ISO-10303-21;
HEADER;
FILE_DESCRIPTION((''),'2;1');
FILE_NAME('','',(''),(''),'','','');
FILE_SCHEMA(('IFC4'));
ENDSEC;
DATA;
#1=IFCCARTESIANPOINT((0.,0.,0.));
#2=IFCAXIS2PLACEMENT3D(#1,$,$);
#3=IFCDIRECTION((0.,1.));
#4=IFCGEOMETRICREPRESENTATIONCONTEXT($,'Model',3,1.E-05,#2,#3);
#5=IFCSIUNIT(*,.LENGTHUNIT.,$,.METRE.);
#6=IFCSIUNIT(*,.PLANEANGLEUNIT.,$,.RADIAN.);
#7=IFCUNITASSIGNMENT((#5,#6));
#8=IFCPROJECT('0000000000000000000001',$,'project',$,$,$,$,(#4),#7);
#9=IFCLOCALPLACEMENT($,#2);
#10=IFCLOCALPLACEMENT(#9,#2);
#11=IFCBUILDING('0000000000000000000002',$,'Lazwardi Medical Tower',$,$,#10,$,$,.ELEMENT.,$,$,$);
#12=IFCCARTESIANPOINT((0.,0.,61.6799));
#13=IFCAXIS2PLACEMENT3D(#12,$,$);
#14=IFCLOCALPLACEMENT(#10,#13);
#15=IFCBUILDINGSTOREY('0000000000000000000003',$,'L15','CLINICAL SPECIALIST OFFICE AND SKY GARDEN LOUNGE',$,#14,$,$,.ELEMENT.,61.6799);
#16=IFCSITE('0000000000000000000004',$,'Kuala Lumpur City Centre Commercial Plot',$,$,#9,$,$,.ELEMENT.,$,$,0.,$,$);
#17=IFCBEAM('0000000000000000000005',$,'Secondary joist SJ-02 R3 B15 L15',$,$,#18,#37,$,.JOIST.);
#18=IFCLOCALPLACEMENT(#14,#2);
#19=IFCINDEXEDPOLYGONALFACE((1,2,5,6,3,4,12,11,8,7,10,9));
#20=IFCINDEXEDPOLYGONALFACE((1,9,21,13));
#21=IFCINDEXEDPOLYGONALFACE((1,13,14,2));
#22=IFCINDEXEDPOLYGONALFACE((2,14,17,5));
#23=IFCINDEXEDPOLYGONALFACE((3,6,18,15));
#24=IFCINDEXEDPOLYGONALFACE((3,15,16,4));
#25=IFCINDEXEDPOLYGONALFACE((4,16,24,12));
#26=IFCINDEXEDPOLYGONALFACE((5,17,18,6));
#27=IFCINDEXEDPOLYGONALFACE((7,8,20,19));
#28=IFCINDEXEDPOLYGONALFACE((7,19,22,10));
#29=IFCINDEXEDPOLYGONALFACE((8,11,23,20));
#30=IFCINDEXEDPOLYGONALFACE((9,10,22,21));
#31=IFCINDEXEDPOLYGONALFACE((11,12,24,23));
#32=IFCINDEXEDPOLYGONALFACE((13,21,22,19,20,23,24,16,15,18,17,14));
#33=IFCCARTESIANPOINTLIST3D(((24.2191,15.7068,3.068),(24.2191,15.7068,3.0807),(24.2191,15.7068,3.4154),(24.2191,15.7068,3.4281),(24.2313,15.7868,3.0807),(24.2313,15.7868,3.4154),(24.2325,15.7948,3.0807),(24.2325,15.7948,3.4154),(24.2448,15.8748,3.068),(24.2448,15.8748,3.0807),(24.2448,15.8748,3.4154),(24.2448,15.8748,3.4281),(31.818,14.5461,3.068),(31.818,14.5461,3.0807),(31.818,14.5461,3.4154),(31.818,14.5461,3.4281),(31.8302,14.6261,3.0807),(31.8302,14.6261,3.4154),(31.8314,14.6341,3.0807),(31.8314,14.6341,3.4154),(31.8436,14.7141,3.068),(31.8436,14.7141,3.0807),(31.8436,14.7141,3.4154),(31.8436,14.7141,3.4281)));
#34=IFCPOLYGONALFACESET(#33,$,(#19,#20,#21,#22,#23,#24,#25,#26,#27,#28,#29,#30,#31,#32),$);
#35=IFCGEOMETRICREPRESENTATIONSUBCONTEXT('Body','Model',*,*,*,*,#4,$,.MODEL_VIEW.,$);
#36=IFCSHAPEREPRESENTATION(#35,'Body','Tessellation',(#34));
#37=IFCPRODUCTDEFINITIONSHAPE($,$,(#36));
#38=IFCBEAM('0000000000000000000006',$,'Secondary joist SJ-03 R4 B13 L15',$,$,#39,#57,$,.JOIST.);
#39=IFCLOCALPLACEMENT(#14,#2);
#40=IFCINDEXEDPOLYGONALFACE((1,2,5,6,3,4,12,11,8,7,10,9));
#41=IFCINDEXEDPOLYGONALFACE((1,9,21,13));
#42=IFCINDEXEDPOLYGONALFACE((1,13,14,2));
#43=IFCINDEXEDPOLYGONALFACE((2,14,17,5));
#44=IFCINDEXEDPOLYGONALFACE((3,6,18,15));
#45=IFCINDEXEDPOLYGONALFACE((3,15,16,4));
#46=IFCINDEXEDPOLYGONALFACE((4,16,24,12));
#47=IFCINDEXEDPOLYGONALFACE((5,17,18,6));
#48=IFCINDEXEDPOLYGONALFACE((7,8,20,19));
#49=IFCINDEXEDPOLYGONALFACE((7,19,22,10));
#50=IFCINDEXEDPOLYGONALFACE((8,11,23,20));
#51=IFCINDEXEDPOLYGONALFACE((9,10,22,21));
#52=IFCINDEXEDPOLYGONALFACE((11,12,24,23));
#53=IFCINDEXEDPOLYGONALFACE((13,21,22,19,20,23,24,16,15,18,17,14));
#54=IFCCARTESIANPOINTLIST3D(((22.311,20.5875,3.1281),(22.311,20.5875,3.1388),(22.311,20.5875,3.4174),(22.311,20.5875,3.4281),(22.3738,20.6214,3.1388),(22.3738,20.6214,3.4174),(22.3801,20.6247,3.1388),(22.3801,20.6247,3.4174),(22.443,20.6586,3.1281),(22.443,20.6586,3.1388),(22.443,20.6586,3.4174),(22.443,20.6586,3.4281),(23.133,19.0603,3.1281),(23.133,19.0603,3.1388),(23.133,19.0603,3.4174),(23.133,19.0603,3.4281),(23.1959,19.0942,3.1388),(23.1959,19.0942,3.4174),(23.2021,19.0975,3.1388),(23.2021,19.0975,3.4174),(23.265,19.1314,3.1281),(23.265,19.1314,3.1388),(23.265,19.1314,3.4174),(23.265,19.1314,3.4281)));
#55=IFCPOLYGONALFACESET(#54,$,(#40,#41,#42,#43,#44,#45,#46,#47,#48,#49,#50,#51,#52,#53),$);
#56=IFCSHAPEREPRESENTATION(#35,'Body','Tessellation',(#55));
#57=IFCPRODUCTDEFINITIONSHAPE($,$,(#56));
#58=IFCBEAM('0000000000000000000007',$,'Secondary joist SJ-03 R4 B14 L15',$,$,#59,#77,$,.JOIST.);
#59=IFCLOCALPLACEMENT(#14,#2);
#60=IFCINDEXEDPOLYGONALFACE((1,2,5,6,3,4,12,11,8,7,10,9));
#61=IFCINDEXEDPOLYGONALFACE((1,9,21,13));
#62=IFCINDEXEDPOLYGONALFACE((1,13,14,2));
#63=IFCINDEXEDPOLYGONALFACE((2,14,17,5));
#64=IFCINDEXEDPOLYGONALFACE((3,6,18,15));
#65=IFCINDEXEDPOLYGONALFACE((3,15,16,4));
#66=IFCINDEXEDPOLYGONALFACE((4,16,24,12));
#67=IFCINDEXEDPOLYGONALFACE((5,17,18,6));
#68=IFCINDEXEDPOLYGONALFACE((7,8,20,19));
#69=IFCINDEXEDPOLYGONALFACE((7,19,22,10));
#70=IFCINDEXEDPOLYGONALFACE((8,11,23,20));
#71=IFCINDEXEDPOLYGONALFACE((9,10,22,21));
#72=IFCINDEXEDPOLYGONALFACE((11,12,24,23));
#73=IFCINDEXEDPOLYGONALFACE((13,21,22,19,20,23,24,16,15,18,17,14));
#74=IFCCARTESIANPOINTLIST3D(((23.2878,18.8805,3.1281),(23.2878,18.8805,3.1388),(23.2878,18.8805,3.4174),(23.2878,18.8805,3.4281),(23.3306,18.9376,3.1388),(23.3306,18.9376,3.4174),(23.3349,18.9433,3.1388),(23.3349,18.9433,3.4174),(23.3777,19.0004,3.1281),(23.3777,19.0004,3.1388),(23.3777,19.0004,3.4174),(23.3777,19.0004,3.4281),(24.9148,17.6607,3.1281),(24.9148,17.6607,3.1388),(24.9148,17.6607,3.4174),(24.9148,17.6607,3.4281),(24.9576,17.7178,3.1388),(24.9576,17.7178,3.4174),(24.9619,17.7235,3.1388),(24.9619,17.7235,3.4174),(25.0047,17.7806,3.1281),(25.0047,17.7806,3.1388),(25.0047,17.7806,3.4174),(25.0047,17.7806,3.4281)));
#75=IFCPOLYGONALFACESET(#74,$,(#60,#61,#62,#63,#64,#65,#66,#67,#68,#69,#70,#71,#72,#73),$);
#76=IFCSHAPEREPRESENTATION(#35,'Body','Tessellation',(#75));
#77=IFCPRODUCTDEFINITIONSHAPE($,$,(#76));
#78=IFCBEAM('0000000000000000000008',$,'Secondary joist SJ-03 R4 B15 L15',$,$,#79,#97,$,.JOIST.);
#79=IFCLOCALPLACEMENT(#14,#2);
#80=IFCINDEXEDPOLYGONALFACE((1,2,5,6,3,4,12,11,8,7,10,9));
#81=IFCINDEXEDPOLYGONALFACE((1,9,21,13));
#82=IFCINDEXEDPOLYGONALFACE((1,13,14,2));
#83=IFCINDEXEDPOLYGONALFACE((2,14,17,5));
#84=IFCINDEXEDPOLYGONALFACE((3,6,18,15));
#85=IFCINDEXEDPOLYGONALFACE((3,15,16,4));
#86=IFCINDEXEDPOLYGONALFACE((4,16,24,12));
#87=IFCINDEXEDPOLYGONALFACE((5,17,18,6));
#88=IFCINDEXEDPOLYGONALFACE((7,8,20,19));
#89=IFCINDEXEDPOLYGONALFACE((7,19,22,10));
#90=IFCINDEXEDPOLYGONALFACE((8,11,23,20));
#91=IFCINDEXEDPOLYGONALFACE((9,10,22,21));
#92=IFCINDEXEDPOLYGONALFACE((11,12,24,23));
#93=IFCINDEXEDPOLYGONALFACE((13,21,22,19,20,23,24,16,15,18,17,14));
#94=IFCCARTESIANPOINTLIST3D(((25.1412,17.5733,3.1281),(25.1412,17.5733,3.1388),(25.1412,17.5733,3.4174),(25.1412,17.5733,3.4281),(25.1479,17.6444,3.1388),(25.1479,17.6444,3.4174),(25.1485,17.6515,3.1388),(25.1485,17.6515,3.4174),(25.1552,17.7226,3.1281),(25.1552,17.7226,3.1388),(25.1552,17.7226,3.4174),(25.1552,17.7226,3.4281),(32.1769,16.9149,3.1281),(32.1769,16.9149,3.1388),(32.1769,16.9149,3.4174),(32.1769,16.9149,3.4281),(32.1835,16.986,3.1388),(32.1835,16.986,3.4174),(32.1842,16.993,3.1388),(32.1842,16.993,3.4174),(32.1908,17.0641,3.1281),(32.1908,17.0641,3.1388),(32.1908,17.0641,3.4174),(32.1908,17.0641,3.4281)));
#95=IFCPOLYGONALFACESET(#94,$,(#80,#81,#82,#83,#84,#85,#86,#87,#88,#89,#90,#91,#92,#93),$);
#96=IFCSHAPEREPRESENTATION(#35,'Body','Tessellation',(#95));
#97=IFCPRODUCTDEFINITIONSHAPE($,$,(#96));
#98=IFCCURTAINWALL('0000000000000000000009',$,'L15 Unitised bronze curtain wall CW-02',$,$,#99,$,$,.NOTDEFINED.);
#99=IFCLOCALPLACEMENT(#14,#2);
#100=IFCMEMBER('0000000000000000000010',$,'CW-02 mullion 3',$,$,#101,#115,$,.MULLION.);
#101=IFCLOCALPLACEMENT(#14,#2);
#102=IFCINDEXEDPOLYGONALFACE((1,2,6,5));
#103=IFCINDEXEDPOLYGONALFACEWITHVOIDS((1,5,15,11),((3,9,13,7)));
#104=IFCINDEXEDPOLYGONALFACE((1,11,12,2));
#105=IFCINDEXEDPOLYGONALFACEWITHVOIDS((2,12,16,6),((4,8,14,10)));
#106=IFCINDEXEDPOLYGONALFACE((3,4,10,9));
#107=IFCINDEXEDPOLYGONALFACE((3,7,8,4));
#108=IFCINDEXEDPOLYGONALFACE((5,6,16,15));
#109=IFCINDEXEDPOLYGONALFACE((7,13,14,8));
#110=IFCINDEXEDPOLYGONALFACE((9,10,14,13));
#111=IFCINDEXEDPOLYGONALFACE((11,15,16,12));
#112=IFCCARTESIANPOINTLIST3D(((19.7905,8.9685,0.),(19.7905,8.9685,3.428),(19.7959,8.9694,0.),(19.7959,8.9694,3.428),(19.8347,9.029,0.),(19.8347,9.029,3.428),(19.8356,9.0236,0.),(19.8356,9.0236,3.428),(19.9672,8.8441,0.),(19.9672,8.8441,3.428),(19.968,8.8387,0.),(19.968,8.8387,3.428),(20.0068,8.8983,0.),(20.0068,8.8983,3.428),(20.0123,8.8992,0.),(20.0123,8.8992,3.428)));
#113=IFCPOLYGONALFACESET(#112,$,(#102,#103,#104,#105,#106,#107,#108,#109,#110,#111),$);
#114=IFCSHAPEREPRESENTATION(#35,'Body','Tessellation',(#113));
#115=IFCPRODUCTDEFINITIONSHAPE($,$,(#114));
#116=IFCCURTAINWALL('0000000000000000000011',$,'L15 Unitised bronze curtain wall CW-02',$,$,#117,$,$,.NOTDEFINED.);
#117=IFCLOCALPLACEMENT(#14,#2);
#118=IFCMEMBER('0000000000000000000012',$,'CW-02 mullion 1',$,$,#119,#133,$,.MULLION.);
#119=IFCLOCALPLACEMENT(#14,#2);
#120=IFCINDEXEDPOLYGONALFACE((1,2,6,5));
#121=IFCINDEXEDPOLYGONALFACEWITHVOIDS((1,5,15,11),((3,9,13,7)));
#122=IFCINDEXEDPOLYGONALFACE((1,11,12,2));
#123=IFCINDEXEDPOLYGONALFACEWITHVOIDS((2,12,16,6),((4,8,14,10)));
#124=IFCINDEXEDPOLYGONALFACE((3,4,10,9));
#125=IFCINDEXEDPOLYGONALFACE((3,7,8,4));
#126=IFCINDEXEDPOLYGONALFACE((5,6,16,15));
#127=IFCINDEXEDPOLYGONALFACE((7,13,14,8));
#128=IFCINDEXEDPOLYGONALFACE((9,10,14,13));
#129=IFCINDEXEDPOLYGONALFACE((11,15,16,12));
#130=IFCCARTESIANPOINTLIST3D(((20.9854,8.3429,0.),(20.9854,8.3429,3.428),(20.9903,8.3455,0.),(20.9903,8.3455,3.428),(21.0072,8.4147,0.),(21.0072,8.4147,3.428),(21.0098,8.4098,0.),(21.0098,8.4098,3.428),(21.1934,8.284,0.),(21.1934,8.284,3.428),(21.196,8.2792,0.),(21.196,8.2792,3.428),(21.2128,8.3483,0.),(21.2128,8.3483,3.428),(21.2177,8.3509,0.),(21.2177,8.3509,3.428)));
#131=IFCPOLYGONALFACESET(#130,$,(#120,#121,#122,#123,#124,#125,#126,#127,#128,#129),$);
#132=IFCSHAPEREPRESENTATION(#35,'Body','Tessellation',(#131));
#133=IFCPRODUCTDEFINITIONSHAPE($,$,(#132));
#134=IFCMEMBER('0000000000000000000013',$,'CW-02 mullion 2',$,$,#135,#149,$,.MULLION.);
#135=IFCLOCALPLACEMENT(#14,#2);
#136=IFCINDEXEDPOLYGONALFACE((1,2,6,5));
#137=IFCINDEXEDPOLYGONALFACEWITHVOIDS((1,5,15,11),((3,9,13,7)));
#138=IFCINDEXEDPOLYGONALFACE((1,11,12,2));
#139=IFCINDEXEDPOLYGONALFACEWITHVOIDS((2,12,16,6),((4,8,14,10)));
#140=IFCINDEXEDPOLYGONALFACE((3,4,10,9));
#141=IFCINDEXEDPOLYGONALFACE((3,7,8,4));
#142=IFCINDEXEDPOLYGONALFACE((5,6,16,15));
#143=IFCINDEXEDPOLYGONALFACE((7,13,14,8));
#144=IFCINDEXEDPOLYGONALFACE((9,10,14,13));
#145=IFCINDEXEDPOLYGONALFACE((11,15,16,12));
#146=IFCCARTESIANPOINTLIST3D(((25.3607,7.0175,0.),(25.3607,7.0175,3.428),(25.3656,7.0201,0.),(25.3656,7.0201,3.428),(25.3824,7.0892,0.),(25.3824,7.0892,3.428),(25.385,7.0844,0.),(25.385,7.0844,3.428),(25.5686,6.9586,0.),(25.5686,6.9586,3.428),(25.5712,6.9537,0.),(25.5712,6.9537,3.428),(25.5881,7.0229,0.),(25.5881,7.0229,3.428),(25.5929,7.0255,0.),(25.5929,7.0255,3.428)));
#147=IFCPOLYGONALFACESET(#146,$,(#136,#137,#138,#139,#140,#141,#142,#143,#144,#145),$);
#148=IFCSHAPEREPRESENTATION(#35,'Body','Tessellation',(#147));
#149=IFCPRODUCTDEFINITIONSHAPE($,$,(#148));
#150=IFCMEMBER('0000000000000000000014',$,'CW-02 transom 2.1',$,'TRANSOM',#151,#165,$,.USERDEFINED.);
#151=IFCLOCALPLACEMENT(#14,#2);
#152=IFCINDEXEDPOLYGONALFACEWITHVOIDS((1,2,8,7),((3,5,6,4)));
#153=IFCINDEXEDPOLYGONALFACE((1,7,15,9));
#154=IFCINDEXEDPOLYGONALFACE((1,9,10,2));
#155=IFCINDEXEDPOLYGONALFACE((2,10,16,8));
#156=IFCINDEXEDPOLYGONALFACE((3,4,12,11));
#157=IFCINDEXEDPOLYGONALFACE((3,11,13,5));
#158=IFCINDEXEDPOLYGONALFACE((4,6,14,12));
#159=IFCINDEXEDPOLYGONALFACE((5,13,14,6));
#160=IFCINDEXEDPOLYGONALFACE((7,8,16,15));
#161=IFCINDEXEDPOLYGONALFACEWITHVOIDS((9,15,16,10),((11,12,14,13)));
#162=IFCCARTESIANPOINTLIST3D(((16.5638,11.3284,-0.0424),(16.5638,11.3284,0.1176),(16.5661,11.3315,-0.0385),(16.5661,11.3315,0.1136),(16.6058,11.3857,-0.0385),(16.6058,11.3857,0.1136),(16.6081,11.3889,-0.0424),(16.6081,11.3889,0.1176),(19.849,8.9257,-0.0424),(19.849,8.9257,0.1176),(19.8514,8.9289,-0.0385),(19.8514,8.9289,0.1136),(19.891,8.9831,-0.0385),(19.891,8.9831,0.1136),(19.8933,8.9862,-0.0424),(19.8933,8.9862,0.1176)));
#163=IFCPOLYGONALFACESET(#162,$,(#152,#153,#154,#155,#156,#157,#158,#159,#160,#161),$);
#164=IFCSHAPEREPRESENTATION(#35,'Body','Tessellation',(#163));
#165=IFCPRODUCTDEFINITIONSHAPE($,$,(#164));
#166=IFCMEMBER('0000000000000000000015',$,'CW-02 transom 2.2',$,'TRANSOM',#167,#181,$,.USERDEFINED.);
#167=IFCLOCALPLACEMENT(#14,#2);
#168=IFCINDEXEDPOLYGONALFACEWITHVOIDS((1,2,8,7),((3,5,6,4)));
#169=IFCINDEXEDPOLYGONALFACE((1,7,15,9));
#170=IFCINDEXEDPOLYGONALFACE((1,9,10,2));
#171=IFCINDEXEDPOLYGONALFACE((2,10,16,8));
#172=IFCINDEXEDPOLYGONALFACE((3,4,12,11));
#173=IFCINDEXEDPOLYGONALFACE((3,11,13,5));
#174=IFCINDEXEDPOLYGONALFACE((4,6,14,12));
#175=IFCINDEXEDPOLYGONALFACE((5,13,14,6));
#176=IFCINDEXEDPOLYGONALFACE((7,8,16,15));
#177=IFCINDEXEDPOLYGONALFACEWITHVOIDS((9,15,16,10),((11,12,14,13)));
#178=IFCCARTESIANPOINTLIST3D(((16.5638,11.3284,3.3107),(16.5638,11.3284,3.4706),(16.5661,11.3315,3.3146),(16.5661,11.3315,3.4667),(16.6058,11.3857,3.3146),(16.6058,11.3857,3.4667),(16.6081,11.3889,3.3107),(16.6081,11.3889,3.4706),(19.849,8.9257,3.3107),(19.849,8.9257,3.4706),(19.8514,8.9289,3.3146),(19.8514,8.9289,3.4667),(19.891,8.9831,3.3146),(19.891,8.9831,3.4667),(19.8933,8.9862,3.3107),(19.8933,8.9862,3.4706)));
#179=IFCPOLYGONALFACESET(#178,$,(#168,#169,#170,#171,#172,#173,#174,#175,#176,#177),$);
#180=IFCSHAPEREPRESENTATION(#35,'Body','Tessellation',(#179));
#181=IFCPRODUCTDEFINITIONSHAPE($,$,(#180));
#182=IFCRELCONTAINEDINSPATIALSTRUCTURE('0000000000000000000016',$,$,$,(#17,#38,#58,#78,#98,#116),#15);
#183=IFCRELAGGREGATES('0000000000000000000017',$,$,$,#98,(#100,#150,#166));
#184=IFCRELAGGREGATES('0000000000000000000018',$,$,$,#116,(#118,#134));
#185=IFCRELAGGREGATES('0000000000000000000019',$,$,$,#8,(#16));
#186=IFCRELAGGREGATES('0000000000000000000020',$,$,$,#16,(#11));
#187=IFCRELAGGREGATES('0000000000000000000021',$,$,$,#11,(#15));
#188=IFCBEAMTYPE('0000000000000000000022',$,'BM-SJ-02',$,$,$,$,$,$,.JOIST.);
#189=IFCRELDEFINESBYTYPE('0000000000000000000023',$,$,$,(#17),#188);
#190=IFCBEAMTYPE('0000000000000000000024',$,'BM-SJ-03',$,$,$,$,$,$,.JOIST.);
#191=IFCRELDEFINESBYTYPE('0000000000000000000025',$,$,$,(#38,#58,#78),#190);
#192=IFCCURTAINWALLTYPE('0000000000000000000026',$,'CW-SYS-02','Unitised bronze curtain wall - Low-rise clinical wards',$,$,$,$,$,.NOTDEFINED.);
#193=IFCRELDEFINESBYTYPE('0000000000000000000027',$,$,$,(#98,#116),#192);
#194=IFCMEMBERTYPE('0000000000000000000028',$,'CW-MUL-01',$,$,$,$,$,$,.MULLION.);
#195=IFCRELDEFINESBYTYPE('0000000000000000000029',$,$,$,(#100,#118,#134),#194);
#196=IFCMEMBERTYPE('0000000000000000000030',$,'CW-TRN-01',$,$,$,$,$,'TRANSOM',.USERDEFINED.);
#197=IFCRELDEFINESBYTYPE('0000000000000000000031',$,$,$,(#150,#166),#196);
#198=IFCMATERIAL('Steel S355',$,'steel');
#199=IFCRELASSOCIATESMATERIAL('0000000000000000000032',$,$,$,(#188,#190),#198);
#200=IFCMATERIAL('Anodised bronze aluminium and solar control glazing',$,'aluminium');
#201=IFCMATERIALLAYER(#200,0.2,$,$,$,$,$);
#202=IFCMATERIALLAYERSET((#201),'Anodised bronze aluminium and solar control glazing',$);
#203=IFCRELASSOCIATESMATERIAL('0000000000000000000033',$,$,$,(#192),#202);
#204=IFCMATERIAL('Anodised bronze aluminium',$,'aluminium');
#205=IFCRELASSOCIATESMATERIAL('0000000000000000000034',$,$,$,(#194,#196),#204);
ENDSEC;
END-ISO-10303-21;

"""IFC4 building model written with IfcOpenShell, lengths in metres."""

from ifc_helpers import new_model, si_unit, direction, frame, origin, origin_2d, place, context, subcontext, project, spatial, hollow_rectangle, i_section, extrude, material, layer, layer_set, material_profile, profile_set, type_object, element, aggregate, save


model = new_model("IFC4")

# Units and contexts
model_context = context("Model", 3, precision=1e-05, world=origin(), true_north=direction((0.0, 1.0)))
body_context = subcontext(model_context, "Body", "Model", "MODEL_VIEW")
ifc_project = project(units=[si_unit("LENGTHUNIT", "METRE"), si_unit("PLANEANGLEUNIT", "RADIAN")], contexts=[model_context])

# Site, building, storey
site_placement = place(None, origin())
site = spatial("IfcSite", under=ifc_project, at=site_placement, Name="Kuala Lumpur City Centre Commercial Plot", CompositionType="ELEMENT", RefElevation=0.0)
building_placement = place(site_placement, origin())
building = spatial("IfcBuilding", under=site, at=building_placement, Name="Lazwardi Medical Tower", CompositionType="ELEMENT")
storey_placement = place(building_placement, frame((0.0, 0.0, 61.6799)))
storey = spatial("IfcBuildingStorey", under=building, at=storey_placement, Name="L15", Description="CLINICAL SPECIALIST OFFICE AND SKY GARDEN LOUNGE", CompositionType="ELEMENT", Elevation=61.6799)

# Beams
ifc_material_1 = material(Name="Steel S355", Category="steel")
ifc_material_profile_1 = material_profile(ifc_material_1, i_section(OverallWidth=0.1699, OverallDepth=0.3601, WebThickness=0.0081, FlangeThickness=0.0127, at=origin_2d()), Name="IPE 360")
ifc_profile_set_1 = profile_set([ifc_material_profile_1], Name="Steel S355")
beam_type_1 = type_object("IfcBeamType", Name="BM-SJ-02", PredefinedType="JOIST", material=ifc_profile_set_1)
beam_1_placement = place(storey_placement, frame((24.2319, 15.7908, 3.248), z_axis=(0.988536, -0.150988, 0.0), x_axis=(0.150988, 0.988536, 0.0)))
element("IfcBeam", 1, at=beam_1_placement, inside=storey, type_object=beam_type_1, Name="Secondary joist SJ-02 R3 B15 L15", PredefinedType="JOIST", context=body_context, shape_type="SweptSolid", body=[
    extrude(i_section(OverallWidth=0.1699, OverallDepth=0.3601, WebThickness=0.0081, FlangeThickness=0.0127, at=origin_2d()), origin(), (0.0, 0.0, 1.0), 7.687),
])
ifc_material_profile_2 = material_profile(ifc_material_1, i_section(OverallWidth=0.1499, OverallDepth=0.3, WebThickness=0.0071, FlangeThickness=0.0107, at=origin_2d()), Name="IPE 300")
ifc_profile_set_2 = profile_set([ifc_material_profile_2], Name="Steel S355")
beam_type_2 = type_object("IfcBeamType", Name="BM-SJ-03", PredefinedType="JOIST", material=ifc_profile_set_2)
beam_2_placement = place(storey_placement, frame((22.377, 20.623, 3.2781), z_axis=(0.473982, -0.880534, 0.0), x_axis=(0.880534, 0.473982, 0.0)))
element("IfcBeam", 2, at=beam_2_placement, inside=storey, type_object=beam_type_2, Name="Secondary joist SJ-03 R4 B13 L15", PredefinedType="JOIST", context=body_context, shape_type="SweptSolid", body=[
    extrude(i_section(OverallWidth=0.1499, OverallDepth=0.3, WebThickness=0.0071, FlangeThickness=0.0107, at=origin_2d()), origin(), (0.0, 0.0, 1.0), 1.7344),
])
beam_3_placement = place(storey_placement, frame((23.3328, 18.9404, 3.2781), z_axis=(0.800115, -0.599846, 0.0), x_axis=(0.599846, 0.800115, 0.0)))
element("IfcBeam", 3, at=beam_3_placement, inside=storey, type_object=beam_type_2, Name="Secondary joist SJ-03 R4 B14 L15", PredefinedType="JOIST", context=body_context, shape_type="SweptSolid", body=[
    extrude(i_section(OverallWidth=0.1499, OverallDepth=0.3, WebThickness=0.0071, FlangeThickness=0.0107, at=origin_2d()), origin(), (0.0, 0.0, 1.0), 2.0334),
])
beam_4_placement = place(storey_placement, frame((25.1482, 17.6479, 3.2781), z_axis=(0.995649, -0.09318, 0.0), x_axis=(0.09318, 0.995649, 0.0)))
element("IfcBeam", 4, at=beam_4_placement, inside=storey, type_object=beam_type_2, Name="Secondary joist SJ-03 R4 B15 L15", PredefinedType="JOIST", context=body_context, shape_type="SweptSolid", body=[
    extrude(i_section(OverallWidth=0.1499, OverallDepth=0.3, WebThickness=0.0071, FlangeThickness=0.0107, at=origin_2d()), origin(), (0.0, 0.0, 1.0), 7.0664),
])

# Curtain wall, member
ifc_material_2 = material(Name="Anodised bronze aluminium and solar control glazing", Category="aluminium")
ifc_layer_1 = layer(ifc_material_2, 0.2)
ifc_layer_set_1 = layer_set([ifc_layer_1], Name="Anodised bronze aluminium and solar control glazing")
curtain_wall_type = type_object("IfcCurtainWallType", Name="CW-SYS-02", Description="Unitised bronze curtain wall - Low-rise clinical wards", PredefinedType="NOTDEFINED", material=ifc_layer_set_1)
curtain_wall_1_placement = place(storey_placement, origin())
curtain_wall_1 = element("IfcCurtainWall", 5, at=curtain_wall_1_placement, inside=storey, type_object=curtain_wall_type, Name="L15 Unitised bronze curtain wall CW-02", PredefinedType="NOTDEFINED")
ifc_material_3 = material(Name="Anodised bronze aluminium", Category="aluminium")
ifc_material_profile_3 = material_profile(ifc_material_3, hollow_rectangle(XDim=0.075, YDim=0.22, WallThickness=0.0039, at=origin_2d()), Name="ALU-MULLION 220x75x4")
ifc_profile_set_3 = profile_set([ifc_material_profile_3], Name="Anodised bronze aluminium")
member_type_1 = type_object("IfcMemberType", Name="CW-MUL-01", PredefinedType="MULLION", material=ifc_profile_set_3)
member_1_placement = place(storey_placement, frame((19.9014, 8.9338, 0.0), z_axis=(0.0, 0.0, 1.0), x_axis=(0.590289, 0.807192, 0.0)))
member_1 = element("IfcMember", 6, at=member_1_placement, type_object=member_type_1, Name="CW-02 mullion 3", PredefinedType="MULLION", context=body_context, shape_type="SweptSolid", body=[
    extrude(hollow_rectangle(XDim=0.075, YDim=0.22, WallThickness=0.0039, at=origin_2d()), origin(), (0.0, 0.0, 1.0), 3.428),
])

# Curtain wall, members
curtain_wall_2_placement = place(storey_placement, origin())
curtain_wall_2 = element("IfcCurtainWall", 7, at=curtain_wall_2_placement, inside=storey, type_object=curtain_wall_type, Name="L15 Unitised bronze curtain wall CW-02", PredefinedType="NOTDEFINED")
member_2_placement = place(storey_placement, frame((21.1016, 8.3469, 0.0), z_axis=(0.0, 0.0, 1.0), x_axis=(0.289896, 0.957058, 0.0)))
member_2 = element("IfcMember", 8, at=member_2_placement, type_object=member_type_1, Name="CW-02 mullion 1", PredefinedType="MULLION", context=body_context, shape_type="SweptSolid", body=[
    extrude(hollow_rectangle(XDim=0.075, YDim=0.22, WallThickness=0.0039, at=origin_2d()), origin(), (0.0, 0.0, 1.0), 3.428),
])
member_3_placement = place(storey_placement, frame((25.4768, 7.0215, 0.0), z_axis=(0.0, 0.0, 1.0), x_axis=(0.289896, 0.957058, 0.0)))
member_3 = element("IfcMember", 9, at=member_3_placement, type_object=member_type_1, Name="CW-02 mullion 2", PredefinedType="MULLION", context=body_context, shape_type="SweptSolid", body=[
    extrude(hollow_rectangle(XDim=0.075, YDim=0.22, WallThickness=0.0039, at=origin_2d()), origin(), (0.0, 0.0, 1.0), 3.428),
])

# Members
ifc_material_profile_4 = material_profile(ifc_material_3, hollow_rectangle(XDim=0.075, YDim=0.1599, WallThickness=0.0039, at=origin_2d()), Name="ALU-TRANSOM 160x75x4")
ifc_profile_set_4 = profile_set([ifc_material_profile_4], Name="Anodised bronze aluminium")
member_type_2 = type_object("IfcMemberType", Name="CW-TRN-01", ElementType="TRANSOM", PredefinedType="USERDEFINED", material=ifc_profile_set_4)
member_4_placement = place(storey_placement, frame((16.5859, 11.3586, 0.0376), z_axis=(0.807169, -0.59032, 0.0), x_axis=(0.59032, 0.807169, 0.0)))
member_4 = element("IfcMember", 10, at=member_4_placement, type_object=member_type_2, Name="CW-02 transom 2.1", ObjectType="TRANSOM", PredefinedType="USERDEFINED", context=body_context, shape_type="SweptSolid", body=[
    extrude(hollow_rectangle(XDim=0.075, YDim=0.1599, WallThickness=0.0039, at=origin_2d()), origin(), (0.0, 0.0, 1.0), 4.0701),
])
member_5_placement = place(storey_placement, frame((16.5859, 11.3586, 3.3906), z_axis=(0.807169, -0.59032, 0.0), x_axis=(0.59032, 0.807169, 0.0)))
member_5 = element("IfcMember", 11, at=member_5_placement, type_object=member_type_2, Name="CW-02 transom 2.2", ObjectType="TRANSOM", PredefinedType="USERDEFINED", context=body_context, shape_type="SweptSolid", body=[
    extrude(hollow_rectangle(XDim=0.075, YDim=0.1599, WallThickness=0.0039, at=origin_2d()), origin(), (0.0, 0.0, 1.0), 4.0701),
])

aggregate(curtain_wall_1, [member_1, member_4, member_5])
aggregate(curtain_wall_2, [member_2, member_3])

save(model, "model.ifc")
